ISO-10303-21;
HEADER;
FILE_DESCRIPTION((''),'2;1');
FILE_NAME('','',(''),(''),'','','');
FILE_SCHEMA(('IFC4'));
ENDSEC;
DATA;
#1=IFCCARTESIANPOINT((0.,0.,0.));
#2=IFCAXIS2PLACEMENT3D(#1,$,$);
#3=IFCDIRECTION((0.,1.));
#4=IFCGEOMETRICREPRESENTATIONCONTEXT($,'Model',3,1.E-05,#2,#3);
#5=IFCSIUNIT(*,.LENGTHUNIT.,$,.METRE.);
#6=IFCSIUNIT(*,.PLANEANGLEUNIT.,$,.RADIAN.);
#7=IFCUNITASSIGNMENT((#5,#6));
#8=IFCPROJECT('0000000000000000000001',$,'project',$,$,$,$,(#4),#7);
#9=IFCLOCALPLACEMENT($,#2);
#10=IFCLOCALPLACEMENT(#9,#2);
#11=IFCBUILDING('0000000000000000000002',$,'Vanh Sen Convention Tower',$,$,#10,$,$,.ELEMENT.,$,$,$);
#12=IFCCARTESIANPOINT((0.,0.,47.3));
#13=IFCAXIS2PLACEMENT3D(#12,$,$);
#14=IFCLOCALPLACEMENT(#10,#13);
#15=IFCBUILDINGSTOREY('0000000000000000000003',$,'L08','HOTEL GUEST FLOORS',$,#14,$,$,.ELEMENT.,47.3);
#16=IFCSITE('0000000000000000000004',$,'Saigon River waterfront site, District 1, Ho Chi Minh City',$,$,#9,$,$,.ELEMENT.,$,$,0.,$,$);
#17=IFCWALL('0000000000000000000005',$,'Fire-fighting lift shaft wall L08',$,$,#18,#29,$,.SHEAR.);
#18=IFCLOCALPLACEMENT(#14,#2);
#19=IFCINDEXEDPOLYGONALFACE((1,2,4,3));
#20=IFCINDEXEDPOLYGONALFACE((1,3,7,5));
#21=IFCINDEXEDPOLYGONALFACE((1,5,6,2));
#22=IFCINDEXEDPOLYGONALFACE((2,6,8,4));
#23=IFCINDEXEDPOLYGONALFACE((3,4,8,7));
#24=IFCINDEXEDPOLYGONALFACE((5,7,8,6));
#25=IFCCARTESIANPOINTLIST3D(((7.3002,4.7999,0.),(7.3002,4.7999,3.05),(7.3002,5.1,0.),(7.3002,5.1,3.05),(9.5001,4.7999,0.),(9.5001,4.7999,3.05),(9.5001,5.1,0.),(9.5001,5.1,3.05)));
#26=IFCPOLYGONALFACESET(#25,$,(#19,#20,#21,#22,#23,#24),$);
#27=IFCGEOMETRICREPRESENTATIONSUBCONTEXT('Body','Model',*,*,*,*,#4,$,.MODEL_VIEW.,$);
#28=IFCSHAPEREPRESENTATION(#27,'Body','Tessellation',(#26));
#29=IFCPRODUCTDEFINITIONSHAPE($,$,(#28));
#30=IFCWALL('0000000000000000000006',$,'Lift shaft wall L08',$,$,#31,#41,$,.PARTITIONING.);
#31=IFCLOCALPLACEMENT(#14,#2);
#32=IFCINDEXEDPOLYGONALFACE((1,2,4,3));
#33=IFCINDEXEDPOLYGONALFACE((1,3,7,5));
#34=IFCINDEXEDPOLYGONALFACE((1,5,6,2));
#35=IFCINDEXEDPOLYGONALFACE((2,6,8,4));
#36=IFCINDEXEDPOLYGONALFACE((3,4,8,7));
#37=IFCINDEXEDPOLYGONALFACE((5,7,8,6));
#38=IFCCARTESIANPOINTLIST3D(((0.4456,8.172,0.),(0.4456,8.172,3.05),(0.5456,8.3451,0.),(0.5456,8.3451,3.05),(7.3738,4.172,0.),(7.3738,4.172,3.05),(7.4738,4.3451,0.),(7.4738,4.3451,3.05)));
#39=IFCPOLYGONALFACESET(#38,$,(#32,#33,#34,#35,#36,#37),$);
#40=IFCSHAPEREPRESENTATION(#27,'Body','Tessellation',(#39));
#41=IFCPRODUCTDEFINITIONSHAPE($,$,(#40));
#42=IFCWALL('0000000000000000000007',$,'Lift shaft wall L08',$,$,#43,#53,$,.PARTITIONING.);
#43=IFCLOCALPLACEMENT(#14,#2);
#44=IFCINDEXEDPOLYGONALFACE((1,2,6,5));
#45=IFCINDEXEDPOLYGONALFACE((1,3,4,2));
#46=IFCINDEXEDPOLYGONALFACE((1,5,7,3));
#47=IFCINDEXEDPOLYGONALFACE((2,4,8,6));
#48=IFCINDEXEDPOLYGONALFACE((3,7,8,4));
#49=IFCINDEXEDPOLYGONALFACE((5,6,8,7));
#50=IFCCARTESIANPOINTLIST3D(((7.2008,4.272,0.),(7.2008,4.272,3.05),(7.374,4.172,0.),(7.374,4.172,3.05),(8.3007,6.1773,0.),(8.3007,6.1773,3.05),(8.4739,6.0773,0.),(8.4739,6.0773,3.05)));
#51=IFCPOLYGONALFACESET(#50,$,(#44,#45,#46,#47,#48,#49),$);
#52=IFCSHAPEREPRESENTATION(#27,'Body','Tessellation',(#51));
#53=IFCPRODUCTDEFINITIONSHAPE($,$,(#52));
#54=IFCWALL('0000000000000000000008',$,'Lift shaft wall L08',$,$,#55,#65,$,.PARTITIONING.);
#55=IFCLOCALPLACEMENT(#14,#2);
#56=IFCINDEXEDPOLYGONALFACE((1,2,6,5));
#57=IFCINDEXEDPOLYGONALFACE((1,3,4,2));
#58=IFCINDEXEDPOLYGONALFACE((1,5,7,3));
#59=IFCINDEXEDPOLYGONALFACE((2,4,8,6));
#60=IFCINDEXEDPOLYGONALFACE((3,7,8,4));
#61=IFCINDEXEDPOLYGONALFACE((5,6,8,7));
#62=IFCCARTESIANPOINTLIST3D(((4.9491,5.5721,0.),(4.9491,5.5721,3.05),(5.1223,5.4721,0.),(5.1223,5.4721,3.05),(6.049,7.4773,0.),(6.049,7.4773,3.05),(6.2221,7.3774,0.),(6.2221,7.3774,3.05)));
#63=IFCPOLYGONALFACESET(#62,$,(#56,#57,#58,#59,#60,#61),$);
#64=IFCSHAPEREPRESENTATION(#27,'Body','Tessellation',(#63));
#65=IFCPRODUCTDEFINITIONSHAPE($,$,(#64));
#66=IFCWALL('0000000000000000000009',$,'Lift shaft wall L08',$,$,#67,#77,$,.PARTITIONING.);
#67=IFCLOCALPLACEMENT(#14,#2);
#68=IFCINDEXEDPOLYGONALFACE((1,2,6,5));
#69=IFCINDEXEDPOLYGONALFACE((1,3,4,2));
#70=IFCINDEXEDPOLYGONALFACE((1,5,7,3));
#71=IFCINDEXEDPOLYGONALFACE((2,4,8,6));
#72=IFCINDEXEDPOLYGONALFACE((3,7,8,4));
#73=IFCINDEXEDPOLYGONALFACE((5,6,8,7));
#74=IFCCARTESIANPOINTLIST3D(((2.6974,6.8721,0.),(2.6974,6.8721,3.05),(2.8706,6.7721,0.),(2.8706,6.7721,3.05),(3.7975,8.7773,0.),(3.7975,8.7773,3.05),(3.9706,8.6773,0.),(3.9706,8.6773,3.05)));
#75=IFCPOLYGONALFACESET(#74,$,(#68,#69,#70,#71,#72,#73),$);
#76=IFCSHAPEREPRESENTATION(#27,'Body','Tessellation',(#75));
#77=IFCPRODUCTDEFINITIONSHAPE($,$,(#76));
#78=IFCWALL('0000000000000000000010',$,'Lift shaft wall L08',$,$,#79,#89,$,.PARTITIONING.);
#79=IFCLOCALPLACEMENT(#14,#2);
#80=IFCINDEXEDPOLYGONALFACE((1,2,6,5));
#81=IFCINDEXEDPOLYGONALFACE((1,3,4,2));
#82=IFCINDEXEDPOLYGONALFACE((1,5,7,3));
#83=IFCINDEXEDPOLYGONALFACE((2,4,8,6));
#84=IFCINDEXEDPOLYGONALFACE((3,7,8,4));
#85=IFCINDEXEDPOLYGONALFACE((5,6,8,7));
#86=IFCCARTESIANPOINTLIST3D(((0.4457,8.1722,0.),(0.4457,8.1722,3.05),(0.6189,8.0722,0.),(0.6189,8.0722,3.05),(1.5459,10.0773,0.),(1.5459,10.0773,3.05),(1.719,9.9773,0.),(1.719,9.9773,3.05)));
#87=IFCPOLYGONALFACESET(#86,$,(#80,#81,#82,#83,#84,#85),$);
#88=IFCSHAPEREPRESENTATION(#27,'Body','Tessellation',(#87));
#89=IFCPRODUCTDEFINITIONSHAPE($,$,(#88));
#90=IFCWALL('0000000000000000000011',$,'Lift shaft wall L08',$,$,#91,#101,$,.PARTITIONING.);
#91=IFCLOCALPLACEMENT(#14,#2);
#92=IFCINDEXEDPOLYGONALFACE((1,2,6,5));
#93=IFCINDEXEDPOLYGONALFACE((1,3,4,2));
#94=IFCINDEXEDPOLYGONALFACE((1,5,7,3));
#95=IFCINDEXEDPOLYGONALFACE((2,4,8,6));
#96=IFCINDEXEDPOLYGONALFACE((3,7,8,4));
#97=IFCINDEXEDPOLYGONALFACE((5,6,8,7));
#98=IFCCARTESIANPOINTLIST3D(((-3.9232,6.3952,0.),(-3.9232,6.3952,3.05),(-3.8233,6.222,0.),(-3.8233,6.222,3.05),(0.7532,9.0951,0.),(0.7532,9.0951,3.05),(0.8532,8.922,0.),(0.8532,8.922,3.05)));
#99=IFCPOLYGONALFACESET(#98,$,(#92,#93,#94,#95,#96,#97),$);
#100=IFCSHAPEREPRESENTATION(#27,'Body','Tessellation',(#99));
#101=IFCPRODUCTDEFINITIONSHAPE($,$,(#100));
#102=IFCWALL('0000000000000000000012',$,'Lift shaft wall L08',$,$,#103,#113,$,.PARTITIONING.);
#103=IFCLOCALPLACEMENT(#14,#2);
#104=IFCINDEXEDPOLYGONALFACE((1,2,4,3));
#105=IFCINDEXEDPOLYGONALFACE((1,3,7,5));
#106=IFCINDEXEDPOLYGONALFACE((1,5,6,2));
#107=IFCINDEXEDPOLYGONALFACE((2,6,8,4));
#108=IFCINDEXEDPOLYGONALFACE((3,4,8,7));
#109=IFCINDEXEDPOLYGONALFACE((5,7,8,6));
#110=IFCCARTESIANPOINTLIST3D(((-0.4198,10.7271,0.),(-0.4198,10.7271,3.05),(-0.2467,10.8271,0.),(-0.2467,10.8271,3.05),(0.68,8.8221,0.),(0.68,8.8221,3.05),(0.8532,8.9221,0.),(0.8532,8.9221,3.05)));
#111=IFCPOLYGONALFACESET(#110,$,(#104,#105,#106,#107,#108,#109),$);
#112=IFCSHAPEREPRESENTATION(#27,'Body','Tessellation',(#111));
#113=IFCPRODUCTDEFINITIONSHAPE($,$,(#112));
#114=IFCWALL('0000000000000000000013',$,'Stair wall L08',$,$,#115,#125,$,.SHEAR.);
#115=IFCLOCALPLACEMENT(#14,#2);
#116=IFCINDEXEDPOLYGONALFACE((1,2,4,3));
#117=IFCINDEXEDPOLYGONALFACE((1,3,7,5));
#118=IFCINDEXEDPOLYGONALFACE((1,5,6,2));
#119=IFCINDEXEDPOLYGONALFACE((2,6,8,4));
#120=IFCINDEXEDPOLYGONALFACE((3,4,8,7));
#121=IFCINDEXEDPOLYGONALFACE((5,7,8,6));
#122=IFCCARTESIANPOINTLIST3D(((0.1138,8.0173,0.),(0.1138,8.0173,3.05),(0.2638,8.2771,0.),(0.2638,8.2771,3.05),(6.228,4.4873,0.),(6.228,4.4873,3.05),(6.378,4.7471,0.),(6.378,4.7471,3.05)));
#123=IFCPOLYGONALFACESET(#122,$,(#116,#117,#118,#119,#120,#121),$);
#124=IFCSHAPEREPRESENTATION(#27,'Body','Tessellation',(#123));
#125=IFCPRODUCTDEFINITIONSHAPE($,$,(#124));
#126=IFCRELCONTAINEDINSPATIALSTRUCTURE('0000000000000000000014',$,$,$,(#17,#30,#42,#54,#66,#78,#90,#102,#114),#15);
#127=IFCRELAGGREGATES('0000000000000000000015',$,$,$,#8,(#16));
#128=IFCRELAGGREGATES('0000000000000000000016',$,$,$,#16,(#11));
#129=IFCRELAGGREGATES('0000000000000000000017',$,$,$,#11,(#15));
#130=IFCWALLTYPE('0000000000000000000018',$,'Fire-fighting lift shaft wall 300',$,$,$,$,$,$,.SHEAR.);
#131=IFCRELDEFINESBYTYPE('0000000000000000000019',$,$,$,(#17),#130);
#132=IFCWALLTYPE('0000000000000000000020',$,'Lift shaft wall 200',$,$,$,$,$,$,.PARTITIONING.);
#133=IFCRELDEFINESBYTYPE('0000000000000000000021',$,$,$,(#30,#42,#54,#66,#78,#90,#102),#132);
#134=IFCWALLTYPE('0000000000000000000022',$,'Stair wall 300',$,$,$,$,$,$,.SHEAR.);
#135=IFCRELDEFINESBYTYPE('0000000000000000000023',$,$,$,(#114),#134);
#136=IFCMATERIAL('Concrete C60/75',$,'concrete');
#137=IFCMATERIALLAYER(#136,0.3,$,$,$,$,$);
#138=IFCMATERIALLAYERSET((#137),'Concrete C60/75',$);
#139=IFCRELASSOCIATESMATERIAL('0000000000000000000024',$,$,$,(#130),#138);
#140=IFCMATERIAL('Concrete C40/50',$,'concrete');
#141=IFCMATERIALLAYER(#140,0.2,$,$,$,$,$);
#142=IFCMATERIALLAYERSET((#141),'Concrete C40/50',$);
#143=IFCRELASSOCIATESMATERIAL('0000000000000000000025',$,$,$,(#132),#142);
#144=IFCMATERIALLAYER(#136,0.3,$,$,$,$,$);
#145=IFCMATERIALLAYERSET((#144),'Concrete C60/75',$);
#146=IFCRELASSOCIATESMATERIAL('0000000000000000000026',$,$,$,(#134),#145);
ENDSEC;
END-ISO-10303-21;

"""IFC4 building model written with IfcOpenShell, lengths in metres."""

from ifc_helpers import new_model, si_unit, direction, frame, frame_2d, origin, place, context, subcontext, project, spatial, rectangle, extrude, material, layer, layer_set, type_object, element, save


model = new_model("IFC4")

# Units and contexts
model_context = context("Model", 3, precision=1e-05, world=origin(), true_north=direction((0.0, 1.0)))
body_context = subcontext(model_context, "Body", "Model", "MODEL_VIEW")
ifc_project = project(units=[si_unit("LENGTHUNIT", "METRE"), si_unit("PLANEANGLEUNIT", "RADIAN")], contexts=[model_context])

# Site, building, storey
site_placement = place(None, origin())
site = spatial("IfcSite", under=ifc_project, at=site_placement, Name="Saigon River waterfront site, District 1, Ho Chi Minh City", CompositionType="ELEMENT", RefElevation=0.0)
building_placement = place(site_placement, origin())
building = spatial("IfcBuilding", under=site, at=building_placement, Name="Vanh Sen Convention Tower", CompositionType="ELEMENT")
storey_placement = place(building_placement, frame((0.0, 0.0, 47.3)))
storey = spatial("IfcBuildingStorey", under=building, at=storey_placement, Name="L08", Description="HOTEL GUEST FLOORS", CompositionType="ELEMENT", Elevation=47.3)

# Shared definitions
ifc_material_1 = material(Name="Concrete C60/75", Category="concrete")
ifc_layer_1 = layer(ifc_material_1, 0.3)
ifc_layer_set_1 = layer_set([ifc_layer_1], Name="Concrete C60/75")
wall_type_1 = type_object("IfcWallType", Name="Fire-fighting lift shaft wall 300", PredefinedType="SHEAR", material=ifc_layer_set_1)

# Walls
wall_1_placement = place(storey_placement, frame((7.3, 4.95, 0.0), z_axis=(0.0, 0.0, 1.0), x_axis=(1.0, 0.0, 0.0)))
element("IfcWall", 1, at=wall_1_placement, inside=storey, type_object=wall_type_1, Name="Fire-fighting lift shaft wall L08", PredefinedType="SHEAR", context=body_context, shape_type="SweptSolid", body=[
    extrude(rectangle(XDim=2.2, YDim=0.3, at=frame_2d((1.1001, 0.0))), origin(), (0.0, 0.0, 1.0), 3.05),
])
ifc_material_2 = material(Name="Concrete C40/50", Category="concrete")
ifc_layer_2 = layer(ifc_material_2, 0.2)
ifc_layer_set_2 = layer_set([ifc_layer_2], Name="Concrete C40/50")
wall_type_2 = type_object("IfcWallType", Name="Lift shaft wall 200", PredefinedType="PARTITIONING", material=ifc_layer_set_2)
wall_2_placement = place(storey_placement, frame((7.4238, 4.2585, 0.0), z_axis=(0.0, 0.0, 1.0), x_axis=(-0.866026, 0.499999, 0.0)))
element("IfcWall", 2, at=wall_2_placement, inside=storey, type_object=wall_type_2, Name="Lift shaft wall L08", PredefinedType="PARTITIONING", context=body_context, shape_type="SweptSolid", body=[
    extrude(rectangle(XDim=8.0, YDim=0.2, at=frame_2d((4.0, 0.0))), origin(), (0.0, 0.0, 1.0), 3.05),
])
for number, where, z_axis, x_axis, name in (
    (3, (7.2874, 4.2219, 0.0), (0.0, 0.0, 1.0), (0.499947, 0.866056, 0.0), "Lift shaft wall L08"),
    (4, (5.0356, 5.522, 0.0), (0.0, 0.0, 1.0), (0.499947, 0.866056, 0.0), "Lift shaft wall L08"),
    (5, (2.7839, 6.822, 0.0), (0.0, 0.0, 1.0), (0.50003, 0.866008, 0.0), "Lift shaft wall L08"),
    (6, (0.5322, 8.1221, 0.0), (0.0, 0.0, 1.0), (0.500078, 0.86598, 0.0), "Lift shaft wall L08"),
):
    element("IfcWall", number, at=place(storey_placement, frame(where, z_axis=z_axis, x_axis=x_axis)), inside=storey, type_object=wall_type_2, Name=name, PredefinedType="PARTITIONING", context=body_context, shape_type="SweptSolid", body=[
        extrude(rectangle(XDim=2.2, YDim=0.2, at=frame_2d((1.1001, 0.0))), origin(), (0.0, 0.0, 1.0), 3.05),
    ])
wall_3_placement = place(storey_placement, frame((0.8032, 9.0085, 0.0), z_axis=(0.0, 0.0, 1.0), x_axis=(-0.866028, -0.499995, 0.0)))
element("IfcWall", 7, at=wall_3_placement, inside=storey, type_object=wall_type_2, Name="Lift shaft wall L08", PredefinedType="PARTITIONING", context=body_context, shape_type="SweptSolid", body=[
    extrude(rectangle(XDim=5.3999, YDim=0.2, at=frame_2d((2.7, 0.0))), origin(), (0.0, 0.0, 1.0), 3.05),
])
wall_4_placement = place(storey_placement, frame((0.7666, 8.8721, 0.0), z_axis=(0.0, 0.0, 1.0), x_axis=(-0.499995, 0.866028, 0.0)))
element("IfcWall", 8, at=wall_4_placement, inside=storey, type_object=wall_type_2, Name="Lift shaft wall L08", PredefinedType="PARTITIONING", context=body_context, shape_type="SweptSolid", body=[
    extrude(rectangle(XDim=2.1997, YDim=0.2, at=frame_2d((1.0999, 0.0))), origin(), (0.0, 0.0, 1.0), 3.05),
])
ifc_layer_3 = layer(ifc_material_1, 0.3)
ifc_layer_set_3 = layer_set([ifc_layer_3], Name="Concrete C60/75")
wall_type_3 = type_object("IfcWallType", Name="Stair wall 300", PredefinedType="SHEAR", material=ifc_layer_set_3)
wall_5_placement = place(storey_placement, frame((6.303, 4.6172, 0.0), z_axis=(0.0, 0.0, 1.0), x_axis=(-0.866028, 0.499996, 0.0)))
element("IfcWall", 9, at=wall_5_placement, inside=storey, type_object=wall_type_3, Name="Stair wall L08", PredefinedType="SHEAR", context=body_context, shape_type="SweptSolid", body=[
    extrude(rectangle(XDim=7.0601, YDim=0.3, at=frame_2d((3.53, 0.0))), origin(), (0.0, 0.0, 1.0), 3.05),
])

save(model, "model.ifc")
